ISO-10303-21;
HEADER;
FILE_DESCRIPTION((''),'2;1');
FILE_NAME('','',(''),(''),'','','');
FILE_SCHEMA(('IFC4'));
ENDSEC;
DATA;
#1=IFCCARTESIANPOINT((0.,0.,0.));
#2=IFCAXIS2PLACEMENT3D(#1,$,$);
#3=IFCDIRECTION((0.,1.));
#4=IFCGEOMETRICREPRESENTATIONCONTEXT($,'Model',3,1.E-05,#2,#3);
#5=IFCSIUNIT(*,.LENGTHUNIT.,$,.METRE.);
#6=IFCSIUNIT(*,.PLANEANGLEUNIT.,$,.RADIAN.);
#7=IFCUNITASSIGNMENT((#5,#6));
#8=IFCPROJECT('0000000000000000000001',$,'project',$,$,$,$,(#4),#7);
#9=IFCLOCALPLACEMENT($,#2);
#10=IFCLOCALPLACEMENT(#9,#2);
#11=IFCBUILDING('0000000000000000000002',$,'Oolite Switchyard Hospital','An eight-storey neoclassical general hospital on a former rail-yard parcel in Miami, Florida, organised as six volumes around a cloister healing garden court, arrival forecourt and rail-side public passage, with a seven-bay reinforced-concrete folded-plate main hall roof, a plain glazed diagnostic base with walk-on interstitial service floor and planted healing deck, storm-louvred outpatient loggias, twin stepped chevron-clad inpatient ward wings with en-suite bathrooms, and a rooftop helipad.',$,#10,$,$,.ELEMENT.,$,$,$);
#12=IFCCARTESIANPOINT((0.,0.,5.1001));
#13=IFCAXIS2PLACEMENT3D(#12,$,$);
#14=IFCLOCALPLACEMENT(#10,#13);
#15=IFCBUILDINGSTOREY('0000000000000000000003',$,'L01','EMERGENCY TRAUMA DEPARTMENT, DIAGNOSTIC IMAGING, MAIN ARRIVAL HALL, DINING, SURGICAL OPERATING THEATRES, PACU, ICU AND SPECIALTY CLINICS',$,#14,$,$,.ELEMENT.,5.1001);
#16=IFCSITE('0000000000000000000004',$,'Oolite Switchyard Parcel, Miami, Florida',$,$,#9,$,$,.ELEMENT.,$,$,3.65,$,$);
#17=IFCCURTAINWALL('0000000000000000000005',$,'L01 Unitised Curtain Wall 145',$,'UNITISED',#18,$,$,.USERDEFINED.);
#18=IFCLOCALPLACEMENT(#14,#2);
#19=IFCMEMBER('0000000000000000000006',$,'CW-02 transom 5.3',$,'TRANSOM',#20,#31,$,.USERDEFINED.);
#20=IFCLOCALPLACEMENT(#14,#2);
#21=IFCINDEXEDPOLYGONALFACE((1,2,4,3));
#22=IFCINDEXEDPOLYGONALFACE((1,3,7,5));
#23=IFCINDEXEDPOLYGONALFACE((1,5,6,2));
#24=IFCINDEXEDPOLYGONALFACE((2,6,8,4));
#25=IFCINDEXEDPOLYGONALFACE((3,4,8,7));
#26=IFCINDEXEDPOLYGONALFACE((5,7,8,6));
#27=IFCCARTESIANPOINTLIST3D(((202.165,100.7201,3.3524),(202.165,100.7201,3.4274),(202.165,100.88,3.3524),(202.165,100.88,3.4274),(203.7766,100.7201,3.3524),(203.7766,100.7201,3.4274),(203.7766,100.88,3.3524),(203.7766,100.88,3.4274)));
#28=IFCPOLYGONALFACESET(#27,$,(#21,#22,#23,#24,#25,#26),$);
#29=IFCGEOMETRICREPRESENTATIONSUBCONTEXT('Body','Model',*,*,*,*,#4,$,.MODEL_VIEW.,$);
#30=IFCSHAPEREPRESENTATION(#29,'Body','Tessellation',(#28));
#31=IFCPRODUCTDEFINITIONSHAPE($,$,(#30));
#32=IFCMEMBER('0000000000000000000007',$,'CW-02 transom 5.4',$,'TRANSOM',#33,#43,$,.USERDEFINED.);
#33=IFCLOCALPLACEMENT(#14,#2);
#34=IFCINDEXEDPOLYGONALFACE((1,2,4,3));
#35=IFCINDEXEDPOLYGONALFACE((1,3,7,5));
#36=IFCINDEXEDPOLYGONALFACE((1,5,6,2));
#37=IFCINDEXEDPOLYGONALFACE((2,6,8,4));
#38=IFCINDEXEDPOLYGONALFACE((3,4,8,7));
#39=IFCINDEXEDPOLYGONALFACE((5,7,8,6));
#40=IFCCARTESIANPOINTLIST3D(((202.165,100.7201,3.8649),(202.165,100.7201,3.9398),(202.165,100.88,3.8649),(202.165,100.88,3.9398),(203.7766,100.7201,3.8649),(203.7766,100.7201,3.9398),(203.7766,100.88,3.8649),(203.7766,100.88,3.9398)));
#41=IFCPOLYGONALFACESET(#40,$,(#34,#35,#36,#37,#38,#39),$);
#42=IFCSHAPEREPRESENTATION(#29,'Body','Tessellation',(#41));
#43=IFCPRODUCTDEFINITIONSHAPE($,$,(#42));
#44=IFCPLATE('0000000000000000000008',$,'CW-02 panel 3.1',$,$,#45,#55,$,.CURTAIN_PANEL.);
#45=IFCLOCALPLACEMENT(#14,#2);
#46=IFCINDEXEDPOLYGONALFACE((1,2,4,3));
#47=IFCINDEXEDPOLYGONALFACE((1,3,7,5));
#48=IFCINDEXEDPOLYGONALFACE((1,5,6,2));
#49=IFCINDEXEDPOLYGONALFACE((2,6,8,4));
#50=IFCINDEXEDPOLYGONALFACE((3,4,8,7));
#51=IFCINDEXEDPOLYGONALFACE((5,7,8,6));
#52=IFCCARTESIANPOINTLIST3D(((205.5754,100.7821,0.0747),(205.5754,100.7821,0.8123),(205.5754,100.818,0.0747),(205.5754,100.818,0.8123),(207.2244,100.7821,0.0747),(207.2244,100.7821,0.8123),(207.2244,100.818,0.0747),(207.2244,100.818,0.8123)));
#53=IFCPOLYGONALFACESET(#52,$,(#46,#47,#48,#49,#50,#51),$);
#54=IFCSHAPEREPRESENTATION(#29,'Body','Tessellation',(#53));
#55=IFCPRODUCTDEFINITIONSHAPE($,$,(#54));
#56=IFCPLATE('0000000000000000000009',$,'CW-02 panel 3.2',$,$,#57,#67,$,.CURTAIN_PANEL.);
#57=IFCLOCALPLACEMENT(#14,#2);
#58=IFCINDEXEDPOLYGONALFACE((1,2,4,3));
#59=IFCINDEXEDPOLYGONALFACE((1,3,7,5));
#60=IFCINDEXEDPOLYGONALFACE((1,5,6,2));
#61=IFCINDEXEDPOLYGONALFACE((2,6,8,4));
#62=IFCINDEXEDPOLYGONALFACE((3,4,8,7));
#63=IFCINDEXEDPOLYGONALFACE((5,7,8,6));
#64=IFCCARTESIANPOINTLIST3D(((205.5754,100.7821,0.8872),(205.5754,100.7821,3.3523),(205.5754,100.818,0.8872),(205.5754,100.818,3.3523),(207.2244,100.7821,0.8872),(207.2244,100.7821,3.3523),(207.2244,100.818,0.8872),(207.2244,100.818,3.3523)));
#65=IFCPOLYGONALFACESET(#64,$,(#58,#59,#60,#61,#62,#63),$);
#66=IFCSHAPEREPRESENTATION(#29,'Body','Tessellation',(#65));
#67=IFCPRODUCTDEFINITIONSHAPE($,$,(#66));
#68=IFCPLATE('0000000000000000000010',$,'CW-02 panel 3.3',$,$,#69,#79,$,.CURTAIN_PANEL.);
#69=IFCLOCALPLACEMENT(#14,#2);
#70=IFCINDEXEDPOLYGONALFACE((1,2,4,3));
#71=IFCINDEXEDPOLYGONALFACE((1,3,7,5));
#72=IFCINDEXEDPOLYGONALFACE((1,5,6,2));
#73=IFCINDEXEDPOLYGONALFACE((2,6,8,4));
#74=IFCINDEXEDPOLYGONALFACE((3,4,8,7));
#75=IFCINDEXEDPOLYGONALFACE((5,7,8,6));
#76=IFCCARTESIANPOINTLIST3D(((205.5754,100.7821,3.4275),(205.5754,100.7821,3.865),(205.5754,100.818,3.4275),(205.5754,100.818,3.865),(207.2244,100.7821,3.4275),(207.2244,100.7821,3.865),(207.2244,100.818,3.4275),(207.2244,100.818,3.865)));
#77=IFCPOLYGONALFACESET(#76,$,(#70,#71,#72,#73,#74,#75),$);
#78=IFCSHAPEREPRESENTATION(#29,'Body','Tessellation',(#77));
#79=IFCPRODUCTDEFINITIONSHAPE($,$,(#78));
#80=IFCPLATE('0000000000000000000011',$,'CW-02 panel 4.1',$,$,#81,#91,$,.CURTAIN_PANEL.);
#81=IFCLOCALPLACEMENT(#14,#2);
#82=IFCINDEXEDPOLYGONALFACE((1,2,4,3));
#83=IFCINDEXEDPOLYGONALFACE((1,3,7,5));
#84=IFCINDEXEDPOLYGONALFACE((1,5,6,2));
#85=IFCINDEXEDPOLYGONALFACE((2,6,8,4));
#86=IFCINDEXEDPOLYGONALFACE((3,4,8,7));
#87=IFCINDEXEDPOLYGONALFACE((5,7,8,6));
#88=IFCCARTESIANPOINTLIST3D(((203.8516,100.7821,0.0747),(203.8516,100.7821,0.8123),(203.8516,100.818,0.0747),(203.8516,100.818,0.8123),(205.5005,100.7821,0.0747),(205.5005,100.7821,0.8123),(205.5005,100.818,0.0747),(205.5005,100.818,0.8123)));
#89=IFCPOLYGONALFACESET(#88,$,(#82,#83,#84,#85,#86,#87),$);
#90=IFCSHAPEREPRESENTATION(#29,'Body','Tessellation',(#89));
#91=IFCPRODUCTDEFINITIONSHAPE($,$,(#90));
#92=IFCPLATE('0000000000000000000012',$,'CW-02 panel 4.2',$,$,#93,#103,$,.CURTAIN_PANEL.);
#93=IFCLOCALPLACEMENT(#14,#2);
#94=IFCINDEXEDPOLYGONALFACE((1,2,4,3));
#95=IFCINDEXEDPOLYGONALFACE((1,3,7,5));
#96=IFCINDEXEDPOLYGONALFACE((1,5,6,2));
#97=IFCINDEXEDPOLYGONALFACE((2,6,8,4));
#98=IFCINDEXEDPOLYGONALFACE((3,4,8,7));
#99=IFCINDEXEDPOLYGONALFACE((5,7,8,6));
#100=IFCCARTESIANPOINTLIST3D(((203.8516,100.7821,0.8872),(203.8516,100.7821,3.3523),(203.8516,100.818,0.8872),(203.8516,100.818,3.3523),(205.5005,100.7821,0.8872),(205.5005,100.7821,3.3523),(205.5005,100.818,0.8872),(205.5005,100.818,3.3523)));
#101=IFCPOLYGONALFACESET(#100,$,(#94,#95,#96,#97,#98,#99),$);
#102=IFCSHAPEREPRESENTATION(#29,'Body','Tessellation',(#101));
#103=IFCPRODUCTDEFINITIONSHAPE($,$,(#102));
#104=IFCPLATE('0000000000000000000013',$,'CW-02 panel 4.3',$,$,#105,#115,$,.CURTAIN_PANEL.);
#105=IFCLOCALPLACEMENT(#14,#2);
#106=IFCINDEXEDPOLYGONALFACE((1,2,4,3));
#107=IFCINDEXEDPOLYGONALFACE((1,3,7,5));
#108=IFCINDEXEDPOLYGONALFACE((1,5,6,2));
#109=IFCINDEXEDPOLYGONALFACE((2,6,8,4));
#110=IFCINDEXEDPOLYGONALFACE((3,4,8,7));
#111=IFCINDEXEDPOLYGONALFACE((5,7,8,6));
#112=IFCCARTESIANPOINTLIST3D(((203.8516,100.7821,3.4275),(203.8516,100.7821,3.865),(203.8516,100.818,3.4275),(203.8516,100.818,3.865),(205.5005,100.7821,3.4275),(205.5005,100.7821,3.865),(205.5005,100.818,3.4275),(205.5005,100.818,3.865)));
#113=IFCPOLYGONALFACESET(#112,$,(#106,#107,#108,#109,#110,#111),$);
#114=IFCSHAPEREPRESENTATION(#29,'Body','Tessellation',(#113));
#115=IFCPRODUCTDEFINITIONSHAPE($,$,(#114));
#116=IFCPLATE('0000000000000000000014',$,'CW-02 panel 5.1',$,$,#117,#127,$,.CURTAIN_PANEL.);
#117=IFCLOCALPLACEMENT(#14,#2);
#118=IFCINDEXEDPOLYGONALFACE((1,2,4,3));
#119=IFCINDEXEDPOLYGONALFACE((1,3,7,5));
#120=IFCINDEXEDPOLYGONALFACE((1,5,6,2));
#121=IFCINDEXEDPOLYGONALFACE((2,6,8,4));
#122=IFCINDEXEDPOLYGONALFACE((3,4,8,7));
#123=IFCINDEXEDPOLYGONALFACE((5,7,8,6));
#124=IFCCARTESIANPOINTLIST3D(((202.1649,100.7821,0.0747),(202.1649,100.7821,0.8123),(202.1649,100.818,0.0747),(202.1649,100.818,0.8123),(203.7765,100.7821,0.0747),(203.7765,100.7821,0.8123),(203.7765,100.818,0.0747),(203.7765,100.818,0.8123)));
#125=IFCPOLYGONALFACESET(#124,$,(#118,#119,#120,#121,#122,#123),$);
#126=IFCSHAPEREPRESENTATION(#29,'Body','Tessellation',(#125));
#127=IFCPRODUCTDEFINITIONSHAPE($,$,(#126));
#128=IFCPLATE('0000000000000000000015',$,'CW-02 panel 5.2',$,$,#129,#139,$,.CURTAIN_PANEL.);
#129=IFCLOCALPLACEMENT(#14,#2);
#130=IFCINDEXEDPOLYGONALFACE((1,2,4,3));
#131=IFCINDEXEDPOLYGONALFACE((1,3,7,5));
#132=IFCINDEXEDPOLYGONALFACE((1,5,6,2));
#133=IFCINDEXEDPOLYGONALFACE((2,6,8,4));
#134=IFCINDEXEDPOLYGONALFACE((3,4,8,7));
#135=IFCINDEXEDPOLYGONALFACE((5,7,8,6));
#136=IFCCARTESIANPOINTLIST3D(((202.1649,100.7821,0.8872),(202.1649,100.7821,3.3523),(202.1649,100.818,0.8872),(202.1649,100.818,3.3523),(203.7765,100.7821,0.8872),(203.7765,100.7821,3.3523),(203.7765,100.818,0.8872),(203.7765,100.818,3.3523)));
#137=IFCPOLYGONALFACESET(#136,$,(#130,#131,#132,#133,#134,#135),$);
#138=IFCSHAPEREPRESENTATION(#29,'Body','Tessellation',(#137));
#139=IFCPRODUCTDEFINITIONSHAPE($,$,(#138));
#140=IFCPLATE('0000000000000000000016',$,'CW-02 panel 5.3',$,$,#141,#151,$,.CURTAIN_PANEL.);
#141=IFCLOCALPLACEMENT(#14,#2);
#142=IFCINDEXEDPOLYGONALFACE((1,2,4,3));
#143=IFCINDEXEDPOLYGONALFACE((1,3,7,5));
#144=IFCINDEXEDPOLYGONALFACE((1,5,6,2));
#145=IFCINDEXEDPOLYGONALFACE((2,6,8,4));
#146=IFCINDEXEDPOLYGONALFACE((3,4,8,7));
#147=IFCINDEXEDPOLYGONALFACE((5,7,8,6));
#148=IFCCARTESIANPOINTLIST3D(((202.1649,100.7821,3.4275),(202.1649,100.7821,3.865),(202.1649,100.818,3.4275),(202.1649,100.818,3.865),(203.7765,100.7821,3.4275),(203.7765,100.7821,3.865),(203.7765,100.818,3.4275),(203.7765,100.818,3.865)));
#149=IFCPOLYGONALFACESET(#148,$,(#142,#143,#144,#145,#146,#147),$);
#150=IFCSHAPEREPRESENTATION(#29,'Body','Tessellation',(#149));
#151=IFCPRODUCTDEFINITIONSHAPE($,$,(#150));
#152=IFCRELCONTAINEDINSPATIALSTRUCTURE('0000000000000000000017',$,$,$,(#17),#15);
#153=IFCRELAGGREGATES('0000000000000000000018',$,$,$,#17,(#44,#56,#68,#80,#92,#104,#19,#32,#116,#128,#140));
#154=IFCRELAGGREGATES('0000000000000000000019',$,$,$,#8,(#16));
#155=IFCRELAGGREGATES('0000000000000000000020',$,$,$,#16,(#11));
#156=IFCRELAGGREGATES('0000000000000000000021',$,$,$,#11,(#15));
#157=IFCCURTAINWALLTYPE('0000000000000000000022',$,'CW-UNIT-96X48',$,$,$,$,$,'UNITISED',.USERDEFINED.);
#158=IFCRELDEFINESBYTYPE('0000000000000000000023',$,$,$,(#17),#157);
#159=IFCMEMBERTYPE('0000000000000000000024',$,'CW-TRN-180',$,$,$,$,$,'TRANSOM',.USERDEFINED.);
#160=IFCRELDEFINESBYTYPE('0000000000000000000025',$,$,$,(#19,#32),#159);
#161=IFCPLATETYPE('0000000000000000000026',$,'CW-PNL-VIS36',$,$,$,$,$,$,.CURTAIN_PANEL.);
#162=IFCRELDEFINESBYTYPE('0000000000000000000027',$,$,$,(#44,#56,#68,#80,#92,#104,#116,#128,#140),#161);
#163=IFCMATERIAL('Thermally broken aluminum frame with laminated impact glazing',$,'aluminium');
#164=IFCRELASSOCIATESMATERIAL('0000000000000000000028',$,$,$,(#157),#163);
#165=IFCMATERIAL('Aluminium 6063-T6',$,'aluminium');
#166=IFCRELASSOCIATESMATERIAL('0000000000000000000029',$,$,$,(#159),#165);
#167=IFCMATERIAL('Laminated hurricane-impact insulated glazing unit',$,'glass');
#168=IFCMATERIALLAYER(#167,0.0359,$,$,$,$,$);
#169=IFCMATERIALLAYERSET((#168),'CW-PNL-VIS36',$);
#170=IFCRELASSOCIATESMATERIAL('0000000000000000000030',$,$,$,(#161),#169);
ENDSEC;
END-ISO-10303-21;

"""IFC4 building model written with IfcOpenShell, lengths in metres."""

from ifc_helpers import new_model, si_unit, direction, frame, origin, origin_2d, place, context, subcontext, project, spatial, rectangle, extrude, material, layer, layer_set, material_profile, profile_set, type_object, element, aggregate, save


model = new_model("IFC4")

# Units and contexts
model_context = context("Model", 3, precision=1e-05, world=origin(), true_north=direction((0.0, 1.0)))
body_context = subcontext(model_context, "Body", "Model", "MODEL_VIEW")
ifc_project = project(units=[si_unit("LENGTHUNIT", "METRE"), si_unit("PLANEANGLEUNIT", "RADIAN")], contexts=[model_context])

# Site, building, storey
site_placement = place(None, origin())
site = spatial("IfcSite", under=ifc_project, at=site_placement, Name="Oolite Switchyard Parcel, Miami, Florida", CompositionType="ELEMENT", RefElevation=3.65)
building_placement = place(site_placement, origin())
building = spatial("IfcBuilding", under=site, at=building_placement, Name="Oolite Switchyard Hospital", Description="An eight-storey neoclassical general hospital on a former rail-yard parcel in Miami, Florida, organised as six volumes around a cloister healing garden court, arrival forecourt and rail-side public passage, with a seven-bay reinforced-concrete folded-plate main hall roof, a plain glazed diagnostic base with walk-on interstitial service floor and planted healing deck, storm-louvred outpatient loggias, twin stepped chevron-clad inpatient ward wings with en-suite bathrooms, and a rooftop helipad.", CompositionType="ELEMENT")
storey_placement = place(building_placement, frame((0.0, 0.0, 5.1001)))
storey = spatial("IfcBuildingStorey", under=building, at=storey_placement, Name="L01", Description="EMERGENCY TRAUMA DEPARTMENT, DIAGNOSTIC IMAGING, MAIN ARRIVAL HALL, DINING, SURGICAL OPERATING THEATRES, PACU, ICU AND SPECIALTY CLINICS", CompositionType="ELEMENT", Elevation=5.1001)

# Curtain wall, members, plates
ifc_material_1 = material(Name="Thermally broken aluminum frame with laminated impact glazing", Category="aluminium")
curtain_wall_type = type_object("IfcCurtainWallType", Name="CW-UNIT-96X48", ElementType="UNITISED", PredefinedType="USERDEFINED", material=ifc_material_1)
curtain_wall_placement = place(storey_placement, origin())
curtain_wall = element("IfcCurtainWall", 1, at=curtain_wall_placement, inside=storey, type_object=curtain_wall_type, Name="L01 Unitised Curtain Wall 145", ObjectType="UNITISED", PredefinedType="USERDEFINED")
ifc_material_2 = material(Name="Aluminium 6063-T6", Category="aluminium")
ifc_material_profile_1 = material_profile(ifc_material_2, rectangle(XDim=0.1599, YDim=0.075, at=origin_2d()), Name="CWT75X160")
ifc_profile_set_1 = profile_set([ifc_material_profile_1], Name="Aluminium 6063-T6")
member_type_1 = type_object("IfcMemberType", Name="CW-TRN-180", ElementType="TRANSOM", PredefinedType="USERDEFINED", material=ifc_profile_set_1)
member_1_placement = place(storey_placement, frame((203.7766, 100.8, 3.3899), z_axis=(-1.0, 0.0, 0.0), x_axis=(0.0, -1.0, 0.0)))
member_1 = element("IfcMember", 2, at=member_1_placement, type_object=member_type_1, Name="CW-02 transom 5.3", ObjectType="TRANSOM", PredefinedType="USERDEFINED", context=body_context, shape_type="SweptSolid", body=[
    extrude(rectangle(XDim=0.1599, YDim=0.075, at=origin_2d()), origin(), (0.0, 0.0, 1.0), 1.6116),
])
member_2_placement = place(storey_placement, frame((203.7766, 100.8, 3.9023), z_axis=(-1.0, 0.0, 0.0), x_axis=(0.0, -1.0, 0.0)))
member_2 = element("IfcMember", 3, at=member_2_placement, type_object=member_type_1, Name="CW-02 transom 5.4", ObjectType="TRANSOM", PredefinedType="USERDEFINED", context=body_context, shape_type="SweptSolid", body=[
    extrude(rectangle(XDim=0.1599, YDim=0.075, at=origin_2d()), origin(), (0.0, 0.0, 1.0), 1.6116),
])
ifc_material_3 = material(Name="Laminated hurricane-impact insulated glazing unit", Category="glass")
ifc_layer = layer(ifc_material_3, 0.0359)
ifc_layer_set = layer_set([ifc_layer], Name="CW-PNL-VIS36")
plate_type = type_object("IfcPlateType", Name="CW-PNL-VIS36", PredefinedType="CURTAIN_PANEL", material=ifc_layer_set)
plate_1_placement = place(storey_placement, frame((206.3999, 100.8, 0.0747), z_axis=(0.0, 0.0, 1.0), x_axis=(-1.0, 0.0, 0.0)))
plate_1 = element("IfcPlate", 4, at=plate_1_placement, type_object=plate_type, Name="CW-02 panel 3.1", PredefinedType="CURTAIN_PANEL", context=body_context, shape_type="SweptSolid", body=[
    extrude(rectangle(XDim=1.6489, YDim=0.0359, at=origin_2d()), origin(), (0.0, 0.0, 1.0), 0.7375),
])
plate_2_placement = place(storey_placement, frame((206.3999, 100.8, 0.8872), z_axis=(0.0, 0.0, 1.0), x_axis=(-1.0, 0.0, 0.0)))
plate_2 = element("IfcPlate", 5, at=plate_2_placement, type_object=plate_type, Name="CW-02 panel 3.2", PredefinedType="CURTAIN_PANEL", context=body_context, shape_type="SweptSolid", body=[
    extrude(rectangle(XDim=1.6489, YDim=0.0359, at=origin_2d()), origin(), (0.0, 0.0, 1.0), 2.4651),
])
plate_3_placement = place(storey_placement, frame((206.3999, 100.8, 3.4275), z_axis=(0.0, 0.0, 1.0), x_axis=(-1.0, 0.0, 0.0)))
plate_3 = element("IfcPlate", 6, at=plate_3_placement, type_object=plate_type, Name="CW-02 panel 3.3", PredefinedType="CURTAIN_PANEL", context=body_context, shape_type="SweptSolid", body=[
    extrude(rectangle(XDim=1.6489, YDim=0.0359, at=origin_2d()), origin(), (0.0, 0.0, 1.0), 0.4375),
])
plate_4_placement = place(storey_placement, frame((204.676, 100.8, 0.0747), z_axis=(0.0, 0.0, 1.0), x_axis=(-1.0, 0.0, 0.0)))
plate_4 = element("IfcPlate", 7, at=plate_4_placement, type_object=plate_type, Name="CW-02 panel 4.1", PredefinedType="CURTAIN_PANEL", context=body_context, shape_type="SweptSolid", body=[
    extrude(rectangle(XDim=1.6489, YDim=0.0359, at=origin_2d()), origin(), (0.0, 0.0, 1.0), 0.7375),
])
plate_5_placement = place(storey_placement, frame((204.676, 100.8, 0.8872), z_axis=(0.0, 0.0, 1.0), x_axis=(-1.0, 0.0, 0.0)))
plate_5 = element("IfcPlate", 8, at=plate_5_placement, type_object=plate_type, Name="CW-02 panel 4.2", PredefinedType="CURTAIN_PANEL", context=body_context, shape_type="SweptSolid", body=[
    extrude(rectangle(XDim=1.6489, YDim=0.0359, at=origin_2d()), origin(), (0.0, 0.0, 1.0), 2.4651),
])
plate_6_placement = place(storey_placement, frame((204.676, 100.8, 3.4275), z_axis=(0.0, 0.0, 1.0), x_axis=(-1.0, 0.0, 0.0)))
plate_6 = element("IfcPlate", 9, at=plate_6_placement, type_object=plate_type, Name="CW-02 panel 4.3", PredefinedType="CURTAIN_PANEL", context=body_context, shape_type="SweptSolid", body=[
    extrude(rectangle(XDim=1.6489, YDim=0.0359, at=origin_2d()), origin(), (0.0, 0.0, 1.0), 0.4375),
])
plate_7_placement = place(storey_placement, frame((202.9707, 100.8, 0.0747), z_axis=(0.0, 0.0, 1.0), x_axis=(-1.0, 0.0, 0.0)))
plate_7 = element("IfcPlate", 10, at=plate_7_placement, type_object=plate_type, Name="CW-02 panel 5.1", PredefinedType="CURTAIN_PANEL", context=body_context, shape_type="SweptSolid", body=[
    extrude(rectangle(XDim=1.6116, YDim=0.0359, at=origin_2d()), origin(), (0.0, 0.0, 1.0), 0.7375),
])
plate_8_placement = place(storey_placement, frame((202.9707, 100.8, 0.8872), z_axis=(0.0, 0.0, 1.0), x_axis=(-1.0, 0.0, 0.0)))
plate_8 = element("IfcPlate", 11, at=plate_8_placement, type_object=plate_type, Name="CW-02 panel 5.2", PredefinedType="CURTAIN_PANEL", context=body_context, shape_type="SweptSolid", body=[
    extrude(rectangle(XDim=1.6116, YDim=0.0359, at=origin_2d()), origin(), (0.0, 0.0, 1.0), 2.4651),
])
plate_9_placement = place(storey_placement, frame((202.9707, 100.8, 3.4275), z_axis=(0.0, 0.0, 1.0), x_axis=(-1.0, 0.0, 0.0)))
plate_9 = element("IfcPlate", 12, at=plate_9_placement, type_object=plate_type, Name="CW-02 panel 5.3", PredefinedType="CURTAIN_PANEL", context=body_context, shape_type="SweptSolid", body=[
    extrude(rectangle(XDim=1.6116, YDim=0.0359, at=origin_2d()), origin(), (0.0, 0.0, 1.0), 0.4375),
])
aggregate(curtain_wall, [plate_1, plate_2, plate_3, plate_4, plate_5, plate_6, member_1, member_2, plate_7, plate_8, plate_9])

save(model, "model.ifc")
